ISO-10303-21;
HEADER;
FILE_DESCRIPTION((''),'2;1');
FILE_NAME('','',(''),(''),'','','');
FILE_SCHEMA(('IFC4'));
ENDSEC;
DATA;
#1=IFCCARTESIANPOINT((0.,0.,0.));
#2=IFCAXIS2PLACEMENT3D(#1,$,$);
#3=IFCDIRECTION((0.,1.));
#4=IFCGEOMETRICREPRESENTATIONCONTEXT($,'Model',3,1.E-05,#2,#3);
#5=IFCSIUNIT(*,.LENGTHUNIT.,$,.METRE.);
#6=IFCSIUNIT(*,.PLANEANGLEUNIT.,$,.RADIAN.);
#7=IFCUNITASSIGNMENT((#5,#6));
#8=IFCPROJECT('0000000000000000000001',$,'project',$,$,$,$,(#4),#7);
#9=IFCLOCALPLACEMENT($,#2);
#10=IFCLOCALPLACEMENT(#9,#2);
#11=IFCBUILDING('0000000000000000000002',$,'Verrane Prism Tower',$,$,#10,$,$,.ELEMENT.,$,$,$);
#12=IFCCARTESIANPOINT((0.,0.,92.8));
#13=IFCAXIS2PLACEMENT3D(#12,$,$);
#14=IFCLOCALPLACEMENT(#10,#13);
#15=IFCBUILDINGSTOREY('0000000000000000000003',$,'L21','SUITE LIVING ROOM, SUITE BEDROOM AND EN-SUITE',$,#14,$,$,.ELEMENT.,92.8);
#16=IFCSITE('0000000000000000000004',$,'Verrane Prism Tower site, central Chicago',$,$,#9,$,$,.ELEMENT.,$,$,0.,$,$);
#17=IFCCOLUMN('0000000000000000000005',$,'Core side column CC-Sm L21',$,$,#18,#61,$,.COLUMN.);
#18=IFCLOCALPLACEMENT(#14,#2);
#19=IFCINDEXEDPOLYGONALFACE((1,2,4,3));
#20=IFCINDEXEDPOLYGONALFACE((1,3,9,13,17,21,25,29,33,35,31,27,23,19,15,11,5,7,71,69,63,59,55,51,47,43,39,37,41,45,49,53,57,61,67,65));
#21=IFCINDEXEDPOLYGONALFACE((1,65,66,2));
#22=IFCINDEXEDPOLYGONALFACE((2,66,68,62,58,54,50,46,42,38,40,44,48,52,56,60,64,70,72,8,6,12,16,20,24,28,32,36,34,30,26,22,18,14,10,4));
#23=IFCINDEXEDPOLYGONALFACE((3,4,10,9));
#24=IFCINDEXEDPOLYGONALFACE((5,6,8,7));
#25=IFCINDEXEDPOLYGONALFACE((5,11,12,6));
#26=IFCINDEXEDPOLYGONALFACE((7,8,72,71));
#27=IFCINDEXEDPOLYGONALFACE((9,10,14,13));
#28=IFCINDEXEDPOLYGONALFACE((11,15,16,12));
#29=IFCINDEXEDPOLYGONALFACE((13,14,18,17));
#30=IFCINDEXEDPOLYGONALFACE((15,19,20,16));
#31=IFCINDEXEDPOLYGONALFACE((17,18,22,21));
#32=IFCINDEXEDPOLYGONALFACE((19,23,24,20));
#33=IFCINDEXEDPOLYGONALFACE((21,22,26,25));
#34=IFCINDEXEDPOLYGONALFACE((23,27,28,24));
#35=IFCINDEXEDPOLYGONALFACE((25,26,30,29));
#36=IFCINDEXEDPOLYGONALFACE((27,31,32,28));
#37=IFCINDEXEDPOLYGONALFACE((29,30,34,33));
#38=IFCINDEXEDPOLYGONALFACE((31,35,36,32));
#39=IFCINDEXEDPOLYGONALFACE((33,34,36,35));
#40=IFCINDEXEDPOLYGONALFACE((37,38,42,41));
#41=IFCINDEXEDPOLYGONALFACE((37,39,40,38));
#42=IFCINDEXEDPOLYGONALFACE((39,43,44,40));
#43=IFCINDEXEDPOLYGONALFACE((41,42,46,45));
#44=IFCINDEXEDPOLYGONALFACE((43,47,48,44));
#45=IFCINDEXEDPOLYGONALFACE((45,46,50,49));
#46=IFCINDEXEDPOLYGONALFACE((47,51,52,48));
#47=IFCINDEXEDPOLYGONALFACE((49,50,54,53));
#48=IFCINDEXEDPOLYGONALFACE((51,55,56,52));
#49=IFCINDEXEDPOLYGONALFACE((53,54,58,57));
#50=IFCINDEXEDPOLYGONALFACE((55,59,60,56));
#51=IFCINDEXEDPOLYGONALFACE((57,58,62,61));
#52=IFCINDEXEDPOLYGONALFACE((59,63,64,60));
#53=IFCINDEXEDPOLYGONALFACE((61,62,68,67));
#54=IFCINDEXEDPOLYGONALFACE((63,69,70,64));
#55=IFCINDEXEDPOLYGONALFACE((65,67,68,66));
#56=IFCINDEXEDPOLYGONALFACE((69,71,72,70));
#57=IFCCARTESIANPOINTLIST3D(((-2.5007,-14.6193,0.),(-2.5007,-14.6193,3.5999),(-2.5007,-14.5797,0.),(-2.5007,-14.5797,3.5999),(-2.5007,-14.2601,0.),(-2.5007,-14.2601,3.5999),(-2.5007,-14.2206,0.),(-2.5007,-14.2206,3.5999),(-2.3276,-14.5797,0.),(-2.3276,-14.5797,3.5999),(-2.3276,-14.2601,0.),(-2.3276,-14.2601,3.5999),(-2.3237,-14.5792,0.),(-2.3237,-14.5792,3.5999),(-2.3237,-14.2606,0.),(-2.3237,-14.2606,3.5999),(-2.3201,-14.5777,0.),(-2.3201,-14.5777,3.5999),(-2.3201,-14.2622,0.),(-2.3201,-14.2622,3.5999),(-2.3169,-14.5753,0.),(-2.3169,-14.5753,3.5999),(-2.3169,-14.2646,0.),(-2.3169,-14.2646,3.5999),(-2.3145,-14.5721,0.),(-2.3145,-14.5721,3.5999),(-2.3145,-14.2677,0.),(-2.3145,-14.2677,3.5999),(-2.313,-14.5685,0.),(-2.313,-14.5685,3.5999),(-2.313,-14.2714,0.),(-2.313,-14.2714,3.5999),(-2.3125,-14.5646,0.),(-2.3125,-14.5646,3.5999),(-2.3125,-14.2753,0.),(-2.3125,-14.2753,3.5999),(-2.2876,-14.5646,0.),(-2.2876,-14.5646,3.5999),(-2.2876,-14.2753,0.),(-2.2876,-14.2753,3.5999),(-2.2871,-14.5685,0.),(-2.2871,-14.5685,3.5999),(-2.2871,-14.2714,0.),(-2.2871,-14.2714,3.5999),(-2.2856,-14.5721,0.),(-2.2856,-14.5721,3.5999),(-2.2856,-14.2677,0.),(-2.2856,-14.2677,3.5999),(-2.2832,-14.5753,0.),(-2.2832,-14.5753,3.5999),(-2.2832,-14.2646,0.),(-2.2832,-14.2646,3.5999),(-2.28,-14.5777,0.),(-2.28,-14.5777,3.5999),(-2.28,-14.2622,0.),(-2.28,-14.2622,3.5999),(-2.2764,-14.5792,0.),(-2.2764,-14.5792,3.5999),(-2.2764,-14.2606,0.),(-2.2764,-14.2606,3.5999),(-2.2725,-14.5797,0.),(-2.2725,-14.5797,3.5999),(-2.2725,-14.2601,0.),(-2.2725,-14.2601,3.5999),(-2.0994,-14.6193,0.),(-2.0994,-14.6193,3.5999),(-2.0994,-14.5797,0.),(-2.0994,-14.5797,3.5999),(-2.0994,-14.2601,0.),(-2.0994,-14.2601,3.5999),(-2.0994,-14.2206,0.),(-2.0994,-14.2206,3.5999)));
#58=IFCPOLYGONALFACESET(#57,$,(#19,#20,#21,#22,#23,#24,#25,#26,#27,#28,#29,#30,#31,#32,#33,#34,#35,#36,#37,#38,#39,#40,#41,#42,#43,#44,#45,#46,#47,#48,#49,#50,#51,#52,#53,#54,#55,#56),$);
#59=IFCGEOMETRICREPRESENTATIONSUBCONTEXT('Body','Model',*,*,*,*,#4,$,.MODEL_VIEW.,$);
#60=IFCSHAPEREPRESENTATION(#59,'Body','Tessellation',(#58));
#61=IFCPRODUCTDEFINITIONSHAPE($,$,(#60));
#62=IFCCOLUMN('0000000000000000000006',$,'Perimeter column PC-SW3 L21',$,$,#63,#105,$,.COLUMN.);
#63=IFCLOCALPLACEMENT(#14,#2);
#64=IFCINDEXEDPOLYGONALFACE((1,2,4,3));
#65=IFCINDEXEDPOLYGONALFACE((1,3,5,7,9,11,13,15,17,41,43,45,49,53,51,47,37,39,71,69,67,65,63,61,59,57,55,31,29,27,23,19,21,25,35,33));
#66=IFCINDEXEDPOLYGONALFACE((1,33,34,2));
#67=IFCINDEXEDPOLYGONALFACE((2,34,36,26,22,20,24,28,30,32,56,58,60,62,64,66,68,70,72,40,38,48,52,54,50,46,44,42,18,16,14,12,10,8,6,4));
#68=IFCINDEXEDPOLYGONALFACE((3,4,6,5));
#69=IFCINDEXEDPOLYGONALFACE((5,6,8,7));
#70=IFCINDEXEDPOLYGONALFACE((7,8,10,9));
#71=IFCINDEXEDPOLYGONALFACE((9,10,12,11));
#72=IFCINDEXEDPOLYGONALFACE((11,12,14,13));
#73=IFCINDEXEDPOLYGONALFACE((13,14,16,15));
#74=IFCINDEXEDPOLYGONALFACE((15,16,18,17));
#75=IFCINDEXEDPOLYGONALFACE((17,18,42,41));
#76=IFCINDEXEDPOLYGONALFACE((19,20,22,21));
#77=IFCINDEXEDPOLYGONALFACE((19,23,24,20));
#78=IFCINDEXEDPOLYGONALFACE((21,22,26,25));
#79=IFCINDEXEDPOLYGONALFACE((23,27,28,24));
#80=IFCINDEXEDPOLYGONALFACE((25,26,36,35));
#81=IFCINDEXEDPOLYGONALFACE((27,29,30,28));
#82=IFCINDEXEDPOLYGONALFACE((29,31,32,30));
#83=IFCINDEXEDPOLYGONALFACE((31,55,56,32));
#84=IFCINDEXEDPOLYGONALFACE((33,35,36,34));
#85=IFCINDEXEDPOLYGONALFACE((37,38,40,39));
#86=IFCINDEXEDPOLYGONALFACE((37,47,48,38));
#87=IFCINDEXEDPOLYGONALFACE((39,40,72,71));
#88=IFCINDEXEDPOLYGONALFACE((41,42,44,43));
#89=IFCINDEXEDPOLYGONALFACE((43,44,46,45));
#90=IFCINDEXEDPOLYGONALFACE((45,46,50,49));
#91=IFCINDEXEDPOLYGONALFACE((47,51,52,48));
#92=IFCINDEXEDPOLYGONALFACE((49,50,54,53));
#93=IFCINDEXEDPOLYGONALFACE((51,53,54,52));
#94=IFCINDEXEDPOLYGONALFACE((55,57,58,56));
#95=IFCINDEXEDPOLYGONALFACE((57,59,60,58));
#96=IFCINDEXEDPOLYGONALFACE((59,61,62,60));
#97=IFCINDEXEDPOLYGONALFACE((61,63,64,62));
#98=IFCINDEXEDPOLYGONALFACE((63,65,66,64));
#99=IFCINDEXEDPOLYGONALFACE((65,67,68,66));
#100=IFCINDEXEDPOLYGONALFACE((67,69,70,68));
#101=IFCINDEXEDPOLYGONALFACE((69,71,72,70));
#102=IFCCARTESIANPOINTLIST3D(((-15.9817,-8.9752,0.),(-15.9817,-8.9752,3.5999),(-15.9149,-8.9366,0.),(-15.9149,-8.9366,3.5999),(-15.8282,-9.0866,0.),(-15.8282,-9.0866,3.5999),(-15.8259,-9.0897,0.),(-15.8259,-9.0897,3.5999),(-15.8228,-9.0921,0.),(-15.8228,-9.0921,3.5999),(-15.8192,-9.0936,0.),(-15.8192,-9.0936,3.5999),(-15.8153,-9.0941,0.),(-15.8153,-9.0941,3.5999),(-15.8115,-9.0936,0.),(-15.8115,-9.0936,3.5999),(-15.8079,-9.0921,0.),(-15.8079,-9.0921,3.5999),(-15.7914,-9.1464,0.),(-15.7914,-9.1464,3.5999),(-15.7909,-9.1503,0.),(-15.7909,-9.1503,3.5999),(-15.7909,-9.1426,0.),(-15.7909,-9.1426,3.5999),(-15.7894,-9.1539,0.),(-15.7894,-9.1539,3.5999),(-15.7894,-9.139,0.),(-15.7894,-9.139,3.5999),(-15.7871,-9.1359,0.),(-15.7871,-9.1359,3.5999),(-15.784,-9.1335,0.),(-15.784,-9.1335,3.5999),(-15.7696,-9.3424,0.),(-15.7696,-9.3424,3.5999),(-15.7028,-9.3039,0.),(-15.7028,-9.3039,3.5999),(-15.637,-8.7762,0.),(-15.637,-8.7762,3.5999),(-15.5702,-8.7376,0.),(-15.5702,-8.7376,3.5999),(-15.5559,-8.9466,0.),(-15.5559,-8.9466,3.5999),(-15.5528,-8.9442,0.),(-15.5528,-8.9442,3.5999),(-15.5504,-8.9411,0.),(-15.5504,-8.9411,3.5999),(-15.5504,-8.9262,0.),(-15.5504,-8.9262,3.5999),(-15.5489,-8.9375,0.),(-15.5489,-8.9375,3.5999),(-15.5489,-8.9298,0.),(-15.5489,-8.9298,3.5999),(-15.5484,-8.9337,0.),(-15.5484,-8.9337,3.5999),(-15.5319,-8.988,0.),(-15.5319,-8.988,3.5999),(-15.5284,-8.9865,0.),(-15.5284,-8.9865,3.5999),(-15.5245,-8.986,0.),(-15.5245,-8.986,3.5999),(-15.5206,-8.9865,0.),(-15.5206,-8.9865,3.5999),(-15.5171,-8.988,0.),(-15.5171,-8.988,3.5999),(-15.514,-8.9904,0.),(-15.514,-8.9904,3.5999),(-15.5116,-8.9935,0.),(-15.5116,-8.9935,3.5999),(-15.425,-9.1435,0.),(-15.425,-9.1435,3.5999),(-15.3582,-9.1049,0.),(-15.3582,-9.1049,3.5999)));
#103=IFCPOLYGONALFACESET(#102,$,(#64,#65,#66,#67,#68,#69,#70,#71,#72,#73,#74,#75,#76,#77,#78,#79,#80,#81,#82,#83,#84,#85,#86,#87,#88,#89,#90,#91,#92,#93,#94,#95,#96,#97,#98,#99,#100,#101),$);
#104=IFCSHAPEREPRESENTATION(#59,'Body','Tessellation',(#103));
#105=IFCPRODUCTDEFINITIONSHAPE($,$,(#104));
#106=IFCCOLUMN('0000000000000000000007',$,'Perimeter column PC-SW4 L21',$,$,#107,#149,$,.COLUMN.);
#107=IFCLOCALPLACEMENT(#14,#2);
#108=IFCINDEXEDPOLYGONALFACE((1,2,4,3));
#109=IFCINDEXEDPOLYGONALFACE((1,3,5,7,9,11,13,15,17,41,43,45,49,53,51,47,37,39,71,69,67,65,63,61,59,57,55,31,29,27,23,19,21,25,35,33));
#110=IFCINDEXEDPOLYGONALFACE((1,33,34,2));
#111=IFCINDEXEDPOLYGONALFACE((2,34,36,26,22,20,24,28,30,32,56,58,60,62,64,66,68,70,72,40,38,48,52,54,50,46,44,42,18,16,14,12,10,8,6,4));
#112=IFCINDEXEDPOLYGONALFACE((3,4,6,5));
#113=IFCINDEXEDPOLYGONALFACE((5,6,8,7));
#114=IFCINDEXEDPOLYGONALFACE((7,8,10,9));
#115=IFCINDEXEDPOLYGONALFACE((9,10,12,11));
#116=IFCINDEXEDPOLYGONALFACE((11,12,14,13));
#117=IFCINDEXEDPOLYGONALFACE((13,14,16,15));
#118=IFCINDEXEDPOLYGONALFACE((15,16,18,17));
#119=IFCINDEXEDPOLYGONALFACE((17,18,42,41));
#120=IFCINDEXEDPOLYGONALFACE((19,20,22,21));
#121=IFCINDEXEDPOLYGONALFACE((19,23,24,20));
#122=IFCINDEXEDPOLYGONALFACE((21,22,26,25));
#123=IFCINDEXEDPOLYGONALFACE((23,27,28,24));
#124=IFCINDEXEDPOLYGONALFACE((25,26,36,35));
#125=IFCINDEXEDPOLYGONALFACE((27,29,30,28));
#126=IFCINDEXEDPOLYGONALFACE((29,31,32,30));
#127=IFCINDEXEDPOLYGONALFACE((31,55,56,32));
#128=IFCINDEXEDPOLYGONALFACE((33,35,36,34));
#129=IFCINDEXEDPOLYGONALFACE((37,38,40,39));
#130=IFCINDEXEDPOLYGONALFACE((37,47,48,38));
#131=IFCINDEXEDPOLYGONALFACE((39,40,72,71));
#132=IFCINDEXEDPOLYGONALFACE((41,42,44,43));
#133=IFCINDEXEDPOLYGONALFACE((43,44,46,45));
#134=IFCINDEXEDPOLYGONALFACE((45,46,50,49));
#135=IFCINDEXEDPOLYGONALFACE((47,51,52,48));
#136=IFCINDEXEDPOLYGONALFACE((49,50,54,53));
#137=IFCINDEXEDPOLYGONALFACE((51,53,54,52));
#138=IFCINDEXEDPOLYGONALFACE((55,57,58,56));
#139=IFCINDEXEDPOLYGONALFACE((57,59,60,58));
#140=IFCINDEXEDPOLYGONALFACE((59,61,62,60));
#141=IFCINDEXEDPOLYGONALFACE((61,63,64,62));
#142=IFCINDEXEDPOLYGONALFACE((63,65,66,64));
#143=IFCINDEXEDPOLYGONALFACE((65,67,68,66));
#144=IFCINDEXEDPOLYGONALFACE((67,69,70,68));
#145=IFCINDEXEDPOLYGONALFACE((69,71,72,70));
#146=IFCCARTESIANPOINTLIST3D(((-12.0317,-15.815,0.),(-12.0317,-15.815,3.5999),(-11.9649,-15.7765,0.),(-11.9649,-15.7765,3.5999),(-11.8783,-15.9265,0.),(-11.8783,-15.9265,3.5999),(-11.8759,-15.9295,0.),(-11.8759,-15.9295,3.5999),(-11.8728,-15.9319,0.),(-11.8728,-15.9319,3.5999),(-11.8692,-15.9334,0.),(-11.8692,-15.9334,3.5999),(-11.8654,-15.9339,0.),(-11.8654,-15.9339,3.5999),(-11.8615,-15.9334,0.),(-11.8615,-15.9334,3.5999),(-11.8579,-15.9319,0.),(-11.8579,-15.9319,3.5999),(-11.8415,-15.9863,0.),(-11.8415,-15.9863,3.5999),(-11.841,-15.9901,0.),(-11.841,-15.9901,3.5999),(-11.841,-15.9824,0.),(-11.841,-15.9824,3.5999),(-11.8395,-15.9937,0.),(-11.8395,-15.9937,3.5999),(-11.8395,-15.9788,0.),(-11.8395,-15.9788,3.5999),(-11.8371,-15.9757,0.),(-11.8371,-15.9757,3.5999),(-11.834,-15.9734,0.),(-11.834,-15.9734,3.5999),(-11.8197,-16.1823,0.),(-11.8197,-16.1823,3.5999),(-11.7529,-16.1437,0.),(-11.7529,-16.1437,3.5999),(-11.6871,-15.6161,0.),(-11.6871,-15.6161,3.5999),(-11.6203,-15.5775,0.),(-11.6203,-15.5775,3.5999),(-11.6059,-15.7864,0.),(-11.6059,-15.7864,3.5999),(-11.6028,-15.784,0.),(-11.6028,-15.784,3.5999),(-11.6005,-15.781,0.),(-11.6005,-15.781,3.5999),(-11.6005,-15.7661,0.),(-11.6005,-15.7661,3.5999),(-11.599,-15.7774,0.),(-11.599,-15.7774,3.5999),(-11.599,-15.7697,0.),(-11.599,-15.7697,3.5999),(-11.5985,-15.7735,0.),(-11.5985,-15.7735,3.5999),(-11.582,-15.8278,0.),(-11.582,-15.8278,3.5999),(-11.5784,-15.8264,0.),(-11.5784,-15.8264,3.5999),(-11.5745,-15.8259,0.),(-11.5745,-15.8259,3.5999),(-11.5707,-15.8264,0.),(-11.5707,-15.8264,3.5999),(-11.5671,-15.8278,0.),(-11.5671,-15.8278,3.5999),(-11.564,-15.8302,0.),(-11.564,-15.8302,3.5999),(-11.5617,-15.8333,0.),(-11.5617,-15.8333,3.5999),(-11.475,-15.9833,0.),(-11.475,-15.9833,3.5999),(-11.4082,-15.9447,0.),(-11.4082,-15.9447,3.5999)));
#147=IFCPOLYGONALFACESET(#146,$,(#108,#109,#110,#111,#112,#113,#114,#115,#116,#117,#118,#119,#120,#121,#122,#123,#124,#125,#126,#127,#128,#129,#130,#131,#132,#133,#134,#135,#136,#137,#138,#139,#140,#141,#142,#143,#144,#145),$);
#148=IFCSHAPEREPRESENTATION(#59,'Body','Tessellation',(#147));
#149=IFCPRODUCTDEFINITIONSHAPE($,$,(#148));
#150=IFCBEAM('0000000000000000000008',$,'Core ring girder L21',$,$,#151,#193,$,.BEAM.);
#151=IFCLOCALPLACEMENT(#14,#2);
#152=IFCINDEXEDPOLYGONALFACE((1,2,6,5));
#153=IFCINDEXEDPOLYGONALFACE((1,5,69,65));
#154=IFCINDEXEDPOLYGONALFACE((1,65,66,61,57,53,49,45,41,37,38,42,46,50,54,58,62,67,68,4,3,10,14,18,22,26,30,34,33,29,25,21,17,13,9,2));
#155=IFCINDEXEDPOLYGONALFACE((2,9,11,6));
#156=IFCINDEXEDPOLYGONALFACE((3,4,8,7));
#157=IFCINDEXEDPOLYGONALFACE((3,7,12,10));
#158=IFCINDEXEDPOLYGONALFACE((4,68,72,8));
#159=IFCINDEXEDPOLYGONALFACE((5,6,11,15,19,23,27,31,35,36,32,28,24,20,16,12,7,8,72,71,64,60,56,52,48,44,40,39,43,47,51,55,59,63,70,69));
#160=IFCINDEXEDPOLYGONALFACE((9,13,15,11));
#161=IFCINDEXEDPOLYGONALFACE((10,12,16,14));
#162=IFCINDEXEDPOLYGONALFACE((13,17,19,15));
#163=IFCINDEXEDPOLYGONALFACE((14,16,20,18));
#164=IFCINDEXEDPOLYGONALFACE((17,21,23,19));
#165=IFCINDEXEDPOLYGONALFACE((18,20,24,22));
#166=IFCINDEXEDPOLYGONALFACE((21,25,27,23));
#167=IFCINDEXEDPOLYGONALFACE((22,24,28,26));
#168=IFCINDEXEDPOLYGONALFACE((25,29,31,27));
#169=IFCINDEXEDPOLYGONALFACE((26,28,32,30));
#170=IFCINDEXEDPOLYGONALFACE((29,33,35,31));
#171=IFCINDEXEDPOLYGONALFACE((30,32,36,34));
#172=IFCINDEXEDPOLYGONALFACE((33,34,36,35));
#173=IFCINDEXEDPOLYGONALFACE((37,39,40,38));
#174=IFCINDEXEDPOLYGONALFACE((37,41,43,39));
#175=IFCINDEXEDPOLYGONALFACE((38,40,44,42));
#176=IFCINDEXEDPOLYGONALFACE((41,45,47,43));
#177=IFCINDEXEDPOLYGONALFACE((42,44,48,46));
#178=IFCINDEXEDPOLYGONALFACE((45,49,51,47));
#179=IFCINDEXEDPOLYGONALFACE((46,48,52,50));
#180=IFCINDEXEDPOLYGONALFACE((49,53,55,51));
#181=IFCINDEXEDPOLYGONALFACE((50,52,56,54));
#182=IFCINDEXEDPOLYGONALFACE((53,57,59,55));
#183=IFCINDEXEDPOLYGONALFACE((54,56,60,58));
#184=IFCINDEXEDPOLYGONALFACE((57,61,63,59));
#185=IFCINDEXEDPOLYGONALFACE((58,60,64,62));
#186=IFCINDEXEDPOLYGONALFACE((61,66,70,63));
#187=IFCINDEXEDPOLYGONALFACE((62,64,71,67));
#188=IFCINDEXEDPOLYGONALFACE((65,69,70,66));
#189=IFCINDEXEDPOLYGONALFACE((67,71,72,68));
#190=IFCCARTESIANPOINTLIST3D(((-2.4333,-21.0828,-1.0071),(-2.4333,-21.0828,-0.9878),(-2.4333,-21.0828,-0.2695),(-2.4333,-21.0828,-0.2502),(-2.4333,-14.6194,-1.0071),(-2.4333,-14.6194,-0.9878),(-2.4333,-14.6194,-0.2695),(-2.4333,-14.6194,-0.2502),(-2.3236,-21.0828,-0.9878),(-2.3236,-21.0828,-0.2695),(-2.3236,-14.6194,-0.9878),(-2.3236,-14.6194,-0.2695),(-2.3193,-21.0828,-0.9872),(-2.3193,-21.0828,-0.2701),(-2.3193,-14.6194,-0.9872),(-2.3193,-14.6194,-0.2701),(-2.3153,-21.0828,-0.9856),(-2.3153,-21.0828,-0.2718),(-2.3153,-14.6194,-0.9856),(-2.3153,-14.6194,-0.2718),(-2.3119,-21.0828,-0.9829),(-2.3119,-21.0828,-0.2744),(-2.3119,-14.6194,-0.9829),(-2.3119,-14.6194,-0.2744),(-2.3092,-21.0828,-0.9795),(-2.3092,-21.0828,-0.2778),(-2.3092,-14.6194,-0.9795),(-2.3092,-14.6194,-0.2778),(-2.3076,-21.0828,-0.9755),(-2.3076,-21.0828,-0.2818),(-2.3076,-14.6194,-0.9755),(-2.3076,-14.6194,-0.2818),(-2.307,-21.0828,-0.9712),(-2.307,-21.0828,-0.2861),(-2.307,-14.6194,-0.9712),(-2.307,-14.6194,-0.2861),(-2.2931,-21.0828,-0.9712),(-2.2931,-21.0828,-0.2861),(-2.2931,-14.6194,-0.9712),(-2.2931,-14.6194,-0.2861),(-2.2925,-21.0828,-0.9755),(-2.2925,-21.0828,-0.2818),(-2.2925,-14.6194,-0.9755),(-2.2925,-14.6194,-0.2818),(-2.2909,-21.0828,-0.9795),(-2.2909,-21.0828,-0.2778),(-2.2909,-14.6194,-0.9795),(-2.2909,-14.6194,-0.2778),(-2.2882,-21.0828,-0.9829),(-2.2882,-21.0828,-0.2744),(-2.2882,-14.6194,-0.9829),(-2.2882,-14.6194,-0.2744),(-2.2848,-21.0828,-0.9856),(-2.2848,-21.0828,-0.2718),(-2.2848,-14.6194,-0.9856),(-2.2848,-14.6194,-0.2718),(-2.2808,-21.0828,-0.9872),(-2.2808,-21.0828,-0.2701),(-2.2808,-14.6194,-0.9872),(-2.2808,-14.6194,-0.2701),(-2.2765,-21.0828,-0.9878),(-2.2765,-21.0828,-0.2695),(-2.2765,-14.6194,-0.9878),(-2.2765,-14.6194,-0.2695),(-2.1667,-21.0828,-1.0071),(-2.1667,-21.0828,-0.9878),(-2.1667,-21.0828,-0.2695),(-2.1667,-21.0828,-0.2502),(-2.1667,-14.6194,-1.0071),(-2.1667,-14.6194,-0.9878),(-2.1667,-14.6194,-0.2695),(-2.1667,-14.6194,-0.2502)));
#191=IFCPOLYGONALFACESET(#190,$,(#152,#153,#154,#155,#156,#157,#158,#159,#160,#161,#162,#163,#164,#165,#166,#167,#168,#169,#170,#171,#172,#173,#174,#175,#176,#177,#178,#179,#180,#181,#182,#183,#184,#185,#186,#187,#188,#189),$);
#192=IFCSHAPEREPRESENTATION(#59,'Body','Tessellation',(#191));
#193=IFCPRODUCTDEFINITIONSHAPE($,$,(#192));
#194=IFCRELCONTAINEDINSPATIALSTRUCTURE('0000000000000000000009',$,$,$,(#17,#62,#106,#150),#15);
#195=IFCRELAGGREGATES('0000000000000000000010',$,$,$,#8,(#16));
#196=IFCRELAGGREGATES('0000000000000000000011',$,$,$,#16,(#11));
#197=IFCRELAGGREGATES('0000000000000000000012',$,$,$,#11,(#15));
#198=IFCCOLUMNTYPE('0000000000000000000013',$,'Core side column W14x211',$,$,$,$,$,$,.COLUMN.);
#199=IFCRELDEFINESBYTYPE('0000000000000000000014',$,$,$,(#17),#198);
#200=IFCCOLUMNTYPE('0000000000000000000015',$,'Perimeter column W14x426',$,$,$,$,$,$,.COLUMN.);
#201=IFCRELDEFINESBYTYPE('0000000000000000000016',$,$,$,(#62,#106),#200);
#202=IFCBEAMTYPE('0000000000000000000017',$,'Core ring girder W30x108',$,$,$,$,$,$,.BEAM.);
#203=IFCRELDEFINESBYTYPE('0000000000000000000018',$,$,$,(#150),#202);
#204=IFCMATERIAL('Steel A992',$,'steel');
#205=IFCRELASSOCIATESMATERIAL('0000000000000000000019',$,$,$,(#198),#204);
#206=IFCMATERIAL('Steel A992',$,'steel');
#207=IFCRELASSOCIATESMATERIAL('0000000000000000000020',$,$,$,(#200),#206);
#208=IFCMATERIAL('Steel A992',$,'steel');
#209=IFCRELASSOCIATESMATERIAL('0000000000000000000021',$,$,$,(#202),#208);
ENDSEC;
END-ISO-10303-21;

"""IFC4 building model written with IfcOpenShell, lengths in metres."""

from ifc_helpers import new_model, si_unit, direction, frame, origin, origin_2d, place, context, subcontext, project, spatial, i_section, extrude, material, material_profile, profile_set, type_object, element, save


model = new_model("IFC4")

# Units and contexts
model_context = context("Model", 3, precision=1e-05, world=origin(), true_north=direction((0.0, 1.0)))
body_context = subcontext(model_context, "Body", "Model", "MODEL_VIEW")
ifc_project = project(units=[si_unit("LENGTHUNIT", "METRE"), si_unit("PLANEANGLEUNIT", "RADIAN")], contexts=[model_context])

# Site, building, storey
site_placement = place(None, origin())
site = spatial("IfcSite", under=ifc_project, at=site_placement, Name="Verrane Prism Tower site, central Chicago", CompositionType="ELEMENT", RefElevation=0.0)
building_placement = place(site_placement, origin())
building = spatial("IfcBuilding", under=site, at=building_placement, Name="Verrane Prism Tower", CompositionType="ELEMENT")
storey_placement = place(building_placement, frame((0.0, 0.0, 92.8)))
storey = spatial("IfcBuildingStorey", under=building, at=storey_placement, Name="L21", Description="SUITE LIVING ROOM, SUITE BEDROOM AND EN-SUITE", CompositionType="ELEMENT", Elevation=92.8)

# Columns
ifc_material_1 = material(Name="Steel A992", Category="steel")
ifc_material_profile_1 = material_profile(ifc_material_1, i_section(OverallWidth=0.4014, OverallDepth=0.3987, WebThickness=0.0249, FlangeThickness=0.0396, FilletRadius=0.0151, at=origin_2d()), Name="W14x211")
ifc_profile_set_1 = profile_set([ifc_material_profile_1], Name="Steel A992")
column_type_1 = type_object("IfcColumnType", Name="Core side column W14x211", PredefinedType="COLUMN", material=ifc_profile_set_1)
column_placement = place(storey_placement, frame((-2.3, -14.4199, 0.0), z_axis=(0.0, 0.0, 1.0), x_axis=(1.0, 0.0, 0.0)))
element("IfcColumn", 1, at=column_placement, inside=storey, type_object=column_type_1, Name="Core side column CC-Sm L21", PredefinedType="COLUMN", context=body_context, shape_type="SweptSolid", body=[
    extrude(i_section(OverallWidth=0.4014, OverallDepth=0.3987, WebThickness=0.0249, FlangeThickness=0.0396, FilletRadius=0.0151, at=origin_2d()), origin(), (0.0, 0.0, 1.0), 3.5999),
])
ifc_material_2 = material(Name="Steel A992", Category="steel")
ifc_material_profile_2 = material_profile(ifc_material_2, i_section(OverallWidth=0.4241, OverallDepth=0.4751, WebThickness=0.0479, FlangeThickness=0.0771, FilletRadius=0.0149, at=origin_2d()), Name="W14x426")
ifc_profile_set_2 = profile_set([ifc_material_profile_2], Name="Steel A992")
column_type_2 = type_object("IfcColumnType", Name="Perimeter column W14x426", PredefinedType="COLUMN", material=ifc_profile_set_2)
for number, where, z_axis, x_axis, name in (
    (2, (-15.6699, -9.04, 0.0), (0.0, 0.0, 1.0), (-0.5, 0.866025, 0.0), "Perimeter column PC-SW3 L21"),
    (3, (-11.72, -15.8799, 0.0), (0.0, 0.0, 1.0), (-0.5, 0.866025, 0.0), "Perimeter column PC-SW4 L21"),
):
    element("IfcColumn", number, at=place(storey_placement, frame(where, z_axis=z_axis, x_axis=x_axis)), inside=storey, type_object=column_type_2, Name=name, PredefinedType="COLUMN", context=body_context, shape_type="SweptSolid", body=[
        extrude(i_section(OverallWidth=0.4241, OverallDepth=0.4751, WebThickness=0.0479, FlangeThickness=0.0771, FilletRadius=0.0149, at=origin_2d()), origin(), (0.0, 0.0, 1.0), 3.5999),
    ])

# Beam
ifc_material_3 = material(Name="Steel A992", Category="steel")
ifc_material_profile_3 = material_profile(ifc_material_3, i_section(OverallWidth=0.2666, OverallDepth=0.7568, WebThickness=0.0139, FlangeThickness=0.0193, FilletRadius=0.0166, at=origin_2d()), Name="W30x108")
ifc_profile_set_3 = profile_set([ifc_material_profile_3], Name="Steel A992")
beam_type_1 = type_object("IfcBeamType", Name="Core ring girder W30x108", PredefinedType="BEAM", material=ifc_profile_set_3)
beam_1_placement = place(storey_placement, frame((-2.3, -14.6194, -0.6287), z_axis=(0.0, -1.0, 0.0), x_axis=(1.0, 0.0, 0.0)))
element("IfcBeam", 4, at=beam_1_placement, inside=storey, type_object=beam_type_1, Name="Core ring girder L21", PredefinedType="BEAM", context=body_context, shape_type="SweptSolid", body=[
    extrude(i_section(OverallWidth=0.2666, OverallDepth=0.7568, WebThickness=0.0139, FlangeThickness=0.0193, FilletRadius=0.0166, at=origin_2d()), origin(), (0.0, 0.0, 1.0), 6.4634),
])

save(model, "model.ifc")
